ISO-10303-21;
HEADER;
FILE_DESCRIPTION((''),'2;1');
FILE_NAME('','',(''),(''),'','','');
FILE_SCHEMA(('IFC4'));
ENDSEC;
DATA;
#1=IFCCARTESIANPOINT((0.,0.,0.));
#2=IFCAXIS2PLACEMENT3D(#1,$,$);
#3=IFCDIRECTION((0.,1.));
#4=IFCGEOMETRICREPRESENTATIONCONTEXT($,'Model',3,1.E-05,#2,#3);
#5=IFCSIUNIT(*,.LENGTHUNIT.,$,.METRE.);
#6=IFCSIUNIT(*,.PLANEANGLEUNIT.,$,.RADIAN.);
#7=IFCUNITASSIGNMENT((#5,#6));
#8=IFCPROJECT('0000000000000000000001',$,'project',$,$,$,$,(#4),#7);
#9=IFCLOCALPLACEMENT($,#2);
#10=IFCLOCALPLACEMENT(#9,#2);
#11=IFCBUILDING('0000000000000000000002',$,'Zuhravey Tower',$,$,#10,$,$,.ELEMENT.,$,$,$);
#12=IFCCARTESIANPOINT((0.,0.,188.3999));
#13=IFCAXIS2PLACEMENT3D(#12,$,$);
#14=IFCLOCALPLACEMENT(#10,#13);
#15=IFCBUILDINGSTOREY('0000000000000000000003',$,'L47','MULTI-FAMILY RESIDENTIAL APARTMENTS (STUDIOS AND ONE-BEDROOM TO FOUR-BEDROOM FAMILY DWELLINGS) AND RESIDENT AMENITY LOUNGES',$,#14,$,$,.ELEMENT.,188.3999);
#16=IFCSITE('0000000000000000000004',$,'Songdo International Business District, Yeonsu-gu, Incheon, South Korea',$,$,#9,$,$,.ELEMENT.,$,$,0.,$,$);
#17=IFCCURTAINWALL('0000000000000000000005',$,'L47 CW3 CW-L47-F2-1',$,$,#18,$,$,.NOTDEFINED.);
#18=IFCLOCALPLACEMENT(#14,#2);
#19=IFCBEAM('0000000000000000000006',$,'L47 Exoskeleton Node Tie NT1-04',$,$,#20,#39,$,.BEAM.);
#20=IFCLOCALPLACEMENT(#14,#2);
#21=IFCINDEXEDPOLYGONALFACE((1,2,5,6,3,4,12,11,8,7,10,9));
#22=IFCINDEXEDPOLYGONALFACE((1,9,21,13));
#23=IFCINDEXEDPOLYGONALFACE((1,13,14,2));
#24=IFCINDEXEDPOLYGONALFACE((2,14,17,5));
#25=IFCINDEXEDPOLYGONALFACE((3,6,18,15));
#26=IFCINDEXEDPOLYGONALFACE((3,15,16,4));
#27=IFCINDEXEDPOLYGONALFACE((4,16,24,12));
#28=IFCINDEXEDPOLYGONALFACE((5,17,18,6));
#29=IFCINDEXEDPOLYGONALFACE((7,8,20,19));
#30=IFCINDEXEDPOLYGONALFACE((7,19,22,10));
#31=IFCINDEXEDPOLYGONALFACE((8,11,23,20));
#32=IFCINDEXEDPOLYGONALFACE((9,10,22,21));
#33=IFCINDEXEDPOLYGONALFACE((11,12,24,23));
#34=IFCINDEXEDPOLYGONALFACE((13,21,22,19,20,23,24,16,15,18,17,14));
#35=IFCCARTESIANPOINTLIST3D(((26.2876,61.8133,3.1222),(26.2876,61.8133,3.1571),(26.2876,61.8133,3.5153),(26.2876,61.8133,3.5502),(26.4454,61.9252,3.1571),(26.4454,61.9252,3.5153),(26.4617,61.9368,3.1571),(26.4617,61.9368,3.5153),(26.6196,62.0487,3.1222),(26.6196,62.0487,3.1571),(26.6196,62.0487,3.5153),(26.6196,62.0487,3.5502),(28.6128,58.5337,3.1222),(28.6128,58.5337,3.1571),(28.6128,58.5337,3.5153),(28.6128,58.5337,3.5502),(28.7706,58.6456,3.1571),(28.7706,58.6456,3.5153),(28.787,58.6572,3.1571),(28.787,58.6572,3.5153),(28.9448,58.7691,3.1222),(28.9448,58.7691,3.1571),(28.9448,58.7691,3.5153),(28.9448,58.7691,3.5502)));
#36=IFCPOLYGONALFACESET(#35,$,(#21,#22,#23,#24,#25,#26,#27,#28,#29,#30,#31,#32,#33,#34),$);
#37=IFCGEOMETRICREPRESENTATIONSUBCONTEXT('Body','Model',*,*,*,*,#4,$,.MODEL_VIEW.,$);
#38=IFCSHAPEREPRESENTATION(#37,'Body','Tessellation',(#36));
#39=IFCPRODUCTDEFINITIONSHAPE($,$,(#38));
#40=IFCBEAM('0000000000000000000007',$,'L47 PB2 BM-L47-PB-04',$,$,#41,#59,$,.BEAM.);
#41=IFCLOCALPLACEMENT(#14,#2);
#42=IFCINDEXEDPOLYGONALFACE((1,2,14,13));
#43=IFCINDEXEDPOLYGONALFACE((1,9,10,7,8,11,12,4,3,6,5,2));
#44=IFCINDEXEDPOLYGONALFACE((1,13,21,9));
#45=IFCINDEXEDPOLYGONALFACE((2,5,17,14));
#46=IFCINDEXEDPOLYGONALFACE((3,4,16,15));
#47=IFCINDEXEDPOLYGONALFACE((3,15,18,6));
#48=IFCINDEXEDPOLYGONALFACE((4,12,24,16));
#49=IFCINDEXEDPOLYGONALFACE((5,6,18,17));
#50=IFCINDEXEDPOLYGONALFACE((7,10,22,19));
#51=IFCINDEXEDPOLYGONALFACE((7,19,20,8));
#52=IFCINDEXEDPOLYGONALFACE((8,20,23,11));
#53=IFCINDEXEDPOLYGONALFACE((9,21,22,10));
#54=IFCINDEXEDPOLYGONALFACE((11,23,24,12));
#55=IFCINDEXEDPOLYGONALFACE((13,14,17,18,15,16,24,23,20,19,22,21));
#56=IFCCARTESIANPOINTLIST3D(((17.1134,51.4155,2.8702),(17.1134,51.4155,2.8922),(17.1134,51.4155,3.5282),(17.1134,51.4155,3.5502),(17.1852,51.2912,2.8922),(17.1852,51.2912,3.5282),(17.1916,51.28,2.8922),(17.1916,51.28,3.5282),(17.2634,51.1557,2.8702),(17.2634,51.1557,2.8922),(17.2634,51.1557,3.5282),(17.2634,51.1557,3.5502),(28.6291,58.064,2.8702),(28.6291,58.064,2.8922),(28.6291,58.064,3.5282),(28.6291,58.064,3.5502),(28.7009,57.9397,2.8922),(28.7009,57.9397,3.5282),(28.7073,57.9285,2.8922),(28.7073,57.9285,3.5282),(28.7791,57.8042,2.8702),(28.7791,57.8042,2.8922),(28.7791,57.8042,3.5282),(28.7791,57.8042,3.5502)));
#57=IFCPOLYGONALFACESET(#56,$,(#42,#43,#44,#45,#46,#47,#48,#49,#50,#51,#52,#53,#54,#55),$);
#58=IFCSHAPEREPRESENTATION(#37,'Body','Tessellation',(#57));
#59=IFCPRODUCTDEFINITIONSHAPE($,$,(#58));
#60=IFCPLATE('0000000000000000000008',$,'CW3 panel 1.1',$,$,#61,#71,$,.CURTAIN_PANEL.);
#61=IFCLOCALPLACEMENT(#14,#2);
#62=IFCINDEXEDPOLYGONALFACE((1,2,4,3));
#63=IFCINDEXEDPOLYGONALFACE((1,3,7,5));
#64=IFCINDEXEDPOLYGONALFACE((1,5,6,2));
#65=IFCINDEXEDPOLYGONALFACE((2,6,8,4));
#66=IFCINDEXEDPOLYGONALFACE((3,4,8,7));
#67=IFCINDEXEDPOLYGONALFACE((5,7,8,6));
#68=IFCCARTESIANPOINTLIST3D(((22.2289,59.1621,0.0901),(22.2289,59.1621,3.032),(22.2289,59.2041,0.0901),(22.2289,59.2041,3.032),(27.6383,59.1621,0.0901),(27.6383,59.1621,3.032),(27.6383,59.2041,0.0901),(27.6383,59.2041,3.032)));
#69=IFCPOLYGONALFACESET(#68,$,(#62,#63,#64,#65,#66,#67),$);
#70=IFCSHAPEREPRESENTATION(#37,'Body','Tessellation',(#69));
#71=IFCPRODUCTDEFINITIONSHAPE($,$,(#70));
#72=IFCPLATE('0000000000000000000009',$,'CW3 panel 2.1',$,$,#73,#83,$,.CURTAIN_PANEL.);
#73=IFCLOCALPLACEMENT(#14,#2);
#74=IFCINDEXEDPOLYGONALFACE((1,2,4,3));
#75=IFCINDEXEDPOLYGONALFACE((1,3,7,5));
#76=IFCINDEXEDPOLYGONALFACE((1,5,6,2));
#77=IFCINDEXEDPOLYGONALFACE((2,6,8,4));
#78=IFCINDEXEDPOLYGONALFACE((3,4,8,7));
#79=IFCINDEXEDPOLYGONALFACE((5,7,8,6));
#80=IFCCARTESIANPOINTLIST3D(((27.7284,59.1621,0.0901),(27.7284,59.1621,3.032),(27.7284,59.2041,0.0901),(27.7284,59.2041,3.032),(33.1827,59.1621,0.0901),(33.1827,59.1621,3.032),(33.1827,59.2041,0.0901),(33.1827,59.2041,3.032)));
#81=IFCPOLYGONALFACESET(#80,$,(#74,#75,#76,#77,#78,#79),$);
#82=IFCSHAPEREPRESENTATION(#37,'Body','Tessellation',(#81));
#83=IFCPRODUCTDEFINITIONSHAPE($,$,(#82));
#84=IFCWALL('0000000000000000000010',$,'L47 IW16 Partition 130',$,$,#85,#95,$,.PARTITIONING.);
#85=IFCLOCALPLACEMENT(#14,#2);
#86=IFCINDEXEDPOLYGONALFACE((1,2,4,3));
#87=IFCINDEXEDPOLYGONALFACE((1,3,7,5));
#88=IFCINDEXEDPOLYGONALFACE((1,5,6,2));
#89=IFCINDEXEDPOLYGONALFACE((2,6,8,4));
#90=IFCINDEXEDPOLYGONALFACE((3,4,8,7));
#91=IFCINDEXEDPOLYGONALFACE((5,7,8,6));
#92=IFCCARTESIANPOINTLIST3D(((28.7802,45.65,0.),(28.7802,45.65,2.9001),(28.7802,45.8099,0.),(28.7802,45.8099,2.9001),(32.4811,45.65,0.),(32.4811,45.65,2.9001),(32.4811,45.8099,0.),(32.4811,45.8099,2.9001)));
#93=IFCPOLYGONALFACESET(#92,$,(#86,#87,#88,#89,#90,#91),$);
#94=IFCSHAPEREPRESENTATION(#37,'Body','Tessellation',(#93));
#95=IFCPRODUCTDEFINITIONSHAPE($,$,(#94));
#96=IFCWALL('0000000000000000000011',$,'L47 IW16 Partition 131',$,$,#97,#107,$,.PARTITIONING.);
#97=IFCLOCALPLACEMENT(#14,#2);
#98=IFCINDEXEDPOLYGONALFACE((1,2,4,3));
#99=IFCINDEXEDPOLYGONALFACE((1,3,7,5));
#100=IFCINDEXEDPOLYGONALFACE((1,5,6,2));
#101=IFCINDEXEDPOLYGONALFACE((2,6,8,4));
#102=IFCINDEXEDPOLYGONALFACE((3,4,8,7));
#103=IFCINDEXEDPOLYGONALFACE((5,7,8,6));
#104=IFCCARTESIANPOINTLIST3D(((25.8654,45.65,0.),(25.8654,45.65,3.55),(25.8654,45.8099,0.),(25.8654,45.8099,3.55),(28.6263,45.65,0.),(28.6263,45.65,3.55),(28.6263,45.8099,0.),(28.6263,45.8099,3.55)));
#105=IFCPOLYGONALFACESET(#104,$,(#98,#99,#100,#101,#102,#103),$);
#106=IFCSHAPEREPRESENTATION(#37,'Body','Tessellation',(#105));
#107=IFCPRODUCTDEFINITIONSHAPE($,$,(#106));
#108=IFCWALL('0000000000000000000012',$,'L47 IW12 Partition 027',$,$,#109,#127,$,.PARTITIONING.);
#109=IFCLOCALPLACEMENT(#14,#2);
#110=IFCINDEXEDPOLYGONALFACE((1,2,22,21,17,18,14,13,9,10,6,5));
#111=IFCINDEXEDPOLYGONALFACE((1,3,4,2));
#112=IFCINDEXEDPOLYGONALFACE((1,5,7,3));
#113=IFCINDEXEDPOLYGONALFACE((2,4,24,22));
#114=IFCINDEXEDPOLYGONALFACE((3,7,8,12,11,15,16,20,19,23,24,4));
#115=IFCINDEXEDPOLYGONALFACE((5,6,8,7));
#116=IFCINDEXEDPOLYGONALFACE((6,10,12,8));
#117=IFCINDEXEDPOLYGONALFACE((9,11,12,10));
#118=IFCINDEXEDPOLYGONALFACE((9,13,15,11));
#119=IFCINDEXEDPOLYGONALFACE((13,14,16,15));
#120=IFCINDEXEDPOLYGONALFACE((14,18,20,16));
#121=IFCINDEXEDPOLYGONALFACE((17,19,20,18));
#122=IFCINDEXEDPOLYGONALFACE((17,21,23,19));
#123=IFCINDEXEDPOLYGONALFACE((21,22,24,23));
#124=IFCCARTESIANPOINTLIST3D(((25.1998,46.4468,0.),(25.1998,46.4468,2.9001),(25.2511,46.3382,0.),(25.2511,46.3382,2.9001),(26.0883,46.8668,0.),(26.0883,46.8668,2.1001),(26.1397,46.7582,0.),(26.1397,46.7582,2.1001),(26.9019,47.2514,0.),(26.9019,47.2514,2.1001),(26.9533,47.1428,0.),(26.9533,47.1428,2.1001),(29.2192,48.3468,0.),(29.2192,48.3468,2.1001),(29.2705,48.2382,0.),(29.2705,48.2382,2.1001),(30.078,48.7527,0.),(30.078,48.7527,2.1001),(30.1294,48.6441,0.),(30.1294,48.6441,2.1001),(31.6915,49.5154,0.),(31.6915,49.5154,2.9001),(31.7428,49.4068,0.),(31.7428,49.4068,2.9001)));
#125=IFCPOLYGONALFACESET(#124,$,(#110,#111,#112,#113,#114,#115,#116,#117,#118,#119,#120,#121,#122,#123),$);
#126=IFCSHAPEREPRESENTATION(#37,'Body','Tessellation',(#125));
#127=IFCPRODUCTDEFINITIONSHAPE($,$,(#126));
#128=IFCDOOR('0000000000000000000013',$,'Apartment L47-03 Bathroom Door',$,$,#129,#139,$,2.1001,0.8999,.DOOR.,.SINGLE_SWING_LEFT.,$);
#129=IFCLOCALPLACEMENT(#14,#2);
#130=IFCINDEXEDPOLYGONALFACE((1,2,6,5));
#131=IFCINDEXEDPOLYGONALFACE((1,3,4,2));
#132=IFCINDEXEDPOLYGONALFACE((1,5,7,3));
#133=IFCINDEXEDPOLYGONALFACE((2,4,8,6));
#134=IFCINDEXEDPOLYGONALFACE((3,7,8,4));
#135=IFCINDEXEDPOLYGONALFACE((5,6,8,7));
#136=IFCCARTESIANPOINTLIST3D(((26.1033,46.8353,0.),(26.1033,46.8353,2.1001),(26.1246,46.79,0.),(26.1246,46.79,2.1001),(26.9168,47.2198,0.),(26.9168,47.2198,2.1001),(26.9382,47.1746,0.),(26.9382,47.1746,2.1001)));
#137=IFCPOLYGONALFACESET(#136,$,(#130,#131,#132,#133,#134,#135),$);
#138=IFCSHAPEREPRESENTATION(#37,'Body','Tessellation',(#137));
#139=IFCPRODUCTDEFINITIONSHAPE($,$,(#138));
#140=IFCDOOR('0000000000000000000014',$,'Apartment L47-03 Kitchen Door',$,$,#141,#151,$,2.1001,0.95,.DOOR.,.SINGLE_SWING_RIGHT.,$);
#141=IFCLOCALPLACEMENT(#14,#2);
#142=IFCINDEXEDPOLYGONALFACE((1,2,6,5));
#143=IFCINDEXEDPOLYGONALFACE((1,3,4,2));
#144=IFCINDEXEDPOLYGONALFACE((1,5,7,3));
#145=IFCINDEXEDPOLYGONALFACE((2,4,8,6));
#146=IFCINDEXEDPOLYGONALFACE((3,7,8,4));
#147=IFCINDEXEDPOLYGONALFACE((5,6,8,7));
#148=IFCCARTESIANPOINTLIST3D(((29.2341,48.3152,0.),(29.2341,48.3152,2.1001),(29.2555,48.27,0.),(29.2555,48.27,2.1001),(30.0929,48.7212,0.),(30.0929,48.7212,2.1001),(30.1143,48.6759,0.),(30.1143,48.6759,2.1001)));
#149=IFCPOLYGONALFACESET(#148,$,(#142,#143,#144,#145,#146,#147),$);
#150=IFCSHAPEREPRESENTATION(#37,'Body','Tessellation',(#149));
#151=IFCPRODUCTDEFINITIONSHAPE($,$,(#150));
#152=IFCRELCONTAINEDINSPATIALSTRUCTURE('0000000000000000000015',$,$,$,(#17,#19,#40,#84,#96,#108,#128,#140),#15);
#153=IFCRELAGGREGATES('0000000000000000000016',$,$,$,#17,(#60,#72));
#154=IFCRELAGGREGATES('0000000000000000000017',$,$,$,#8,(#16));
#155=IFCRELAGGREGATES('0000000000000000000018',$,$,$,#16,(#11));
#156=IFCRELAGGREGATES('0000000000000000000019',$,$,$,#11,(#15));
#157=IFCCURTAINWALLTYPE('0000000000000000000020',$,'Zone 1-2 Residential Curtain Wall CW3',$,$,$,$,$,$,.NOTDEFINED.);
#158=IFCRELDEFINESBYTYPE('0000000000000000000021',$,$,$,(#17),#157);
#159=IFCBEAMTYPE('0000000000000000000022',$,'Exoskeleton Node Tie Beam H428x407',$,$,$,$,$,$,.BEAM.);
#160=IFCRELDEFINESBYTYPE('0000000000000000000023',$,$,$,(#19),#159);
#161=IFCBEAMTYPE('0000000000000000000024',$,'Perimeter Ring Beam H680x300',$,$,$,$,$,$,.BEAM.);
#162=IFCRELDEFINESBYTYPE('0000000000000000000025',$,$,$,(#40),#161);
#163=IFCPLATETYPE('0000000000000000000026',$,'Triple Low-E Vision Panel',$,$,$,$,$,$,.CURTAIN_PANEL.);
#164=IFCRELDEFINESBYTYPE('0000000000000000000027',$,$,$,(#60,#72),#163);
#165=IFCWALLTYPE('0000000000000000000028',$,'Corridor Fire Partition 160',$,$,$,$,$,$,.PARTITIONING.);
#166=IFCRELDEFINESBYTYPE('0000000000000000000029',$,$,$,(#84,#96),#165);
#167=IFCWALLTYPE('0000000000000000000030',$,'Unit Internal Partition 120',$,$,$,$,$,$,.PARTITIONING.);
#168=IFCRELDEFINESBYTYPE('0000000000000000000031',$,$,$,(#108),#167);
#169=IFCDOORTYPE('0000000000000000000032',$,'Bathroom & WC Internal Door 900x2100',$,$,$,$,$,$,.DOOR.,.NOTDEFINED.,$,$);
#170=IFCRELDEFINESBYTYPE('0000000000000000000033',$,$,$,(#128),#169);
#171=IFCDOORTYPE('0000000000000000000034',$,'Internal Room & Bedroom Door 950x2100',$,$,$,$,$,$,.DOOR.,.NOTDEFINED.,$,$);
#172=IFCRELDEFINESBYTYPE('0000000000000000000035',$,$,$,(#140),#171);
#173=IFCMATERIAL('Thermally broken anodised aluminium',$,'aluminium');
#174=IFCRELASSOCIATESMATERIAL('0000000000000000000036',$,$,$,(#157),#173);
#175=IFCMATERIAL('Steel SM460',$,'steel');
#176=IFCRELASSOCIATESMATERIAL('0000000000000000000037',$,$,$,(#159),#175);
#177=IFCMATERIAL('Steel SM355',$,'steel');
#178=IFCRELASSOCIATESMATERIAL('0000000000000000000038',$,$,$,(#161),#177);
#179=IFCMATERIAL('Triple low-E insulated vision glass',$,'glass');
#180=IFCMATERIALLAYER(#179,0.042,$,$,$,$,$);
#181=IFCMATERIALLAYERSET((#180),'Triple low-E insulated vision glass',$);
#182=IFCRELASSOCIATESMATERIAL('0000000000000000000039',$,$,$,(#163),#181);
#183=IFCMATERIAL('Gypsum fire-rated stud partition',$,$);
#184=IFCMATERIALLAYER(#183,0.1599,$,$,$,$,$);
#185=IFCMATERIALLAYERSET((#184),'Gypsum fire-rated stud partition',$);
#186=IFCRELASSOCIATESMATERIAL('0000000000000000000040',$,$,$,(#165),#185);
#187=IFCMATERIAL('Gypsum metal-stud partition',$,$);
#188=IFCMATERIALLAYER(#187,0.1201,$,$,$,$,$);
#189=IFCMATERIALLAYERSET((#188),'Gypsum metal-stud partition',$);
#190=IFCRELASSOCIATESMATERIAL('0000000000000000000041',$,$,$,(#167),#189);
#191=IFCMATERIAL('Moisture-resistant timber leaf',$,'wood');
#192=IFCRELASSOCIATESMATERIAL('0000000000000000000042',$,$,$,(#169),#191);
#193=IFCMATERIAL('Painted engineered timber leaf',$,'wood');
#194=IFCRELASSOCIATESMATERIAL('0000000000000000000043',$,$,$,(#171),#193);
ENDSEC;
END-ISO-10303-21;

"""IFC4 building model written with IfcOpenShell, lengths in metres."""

from ifc_helpers import new_model, si_unit, direction, frame, frame_2d, origin, origin_2d, place, context, subcontext, project, spatial, rectangle, i_section, extrude, material, layer, layer_set, material_profile, profile_set, type_object, element, fill, aggregate, save


model = new_model("IFC4")

# Units and contexts
model_context = context("Model", 3, precision=1e-05, world=origin(), true_north=direction((0.0, 1.0)))
body_context = subcontext(model_context, "Body", "Model", "MODEL_VIEW")
ifc_project = project(units=[si_unit("LENGTHUNIT", "METRE"), si_unit("PLANEANGLEUNIT", "RADIAN")], contexts=[model_context])

# Site, building, storey
site_placement = place(None, origin())
site = spatial("IfcSite", under=ifc_project, at=site_placement, Name="Songdo International Business District, Yeonsu-gu, Incheon, South Korea", CompositionType="ELEMENT", RefElevation=0.0)
building_placement = place(site_placement, origin())
building = spatial("IfcBuilding", under=site, at=building_placement, Name="Zuhravey Tower", CompositionType="ELEMENT")
storey_placement = place(building_placement, frame((0.0, 0.0, 188.3999)))
storey = spatial("IfcBuildingStorey", under=building, at=storey_placement, Name="L47", Description="MULTI-FAMILY RESIDENTIAL APARTMENTS (STUDIOS AND ONE-BEDROOM TO FOUR-BEDROOM FAMILY DWELLINGS) AND RESIDENT AMENITY LOUNGES", CompositionType="ELEMENT", Elevation=188.3999)

# Curtain wall
ifc_material_1 = material(Name="Thermally broken anodised aluminium", Category="aluminium")
curtain_wall_type = type_object("IfcCurtainWallType", Name="Zone 1-2 Residential Curtain Wall CW3", PredefinedType="NOTDEFINED", material=ifc_material_1)
curtain_wall_placement = place(storey_placement, origin())
curtain_wall = element("IfcCurtainWall", 1, at=curtain_wall_placement, inside=storey, type_object=curtain_wall_type, Name="L47 CW3 CW-L47-F2-1", PredefinedType="NOTDEFINED")

# Beams
ifc_material_2 = material(Name="Steel SM460", Category="steel")
ifc_material_profile_1 = material_profile(ifc_material_2, i_section(OverallWidth=0.407, OverallDepth=0.428, WebThickness=0.02, FlangeThickness=0.0349, at=origin_2d()), Name="H-428x407x20x35")
ifc_profile_set_1 = profile_set([ifc_material_profile_1], Name="Steel SM460")
beam_type_1 = type_object("IfcBeamType", Name="Exoskeleton Node Tie Beam H428x407", PredefinedType="BEAM", material=ifc_profile_set_1)
beam_1_placement = place(storey_placement, frame((28.7788, 58.6514, 3.3362), z_axis=(-0.57838, 0.815768, 0.0), x_axis=(-0.815768, -0.57838, 0.0)))
element("IfcBeam", 2, at=beam_1_placement, inside=storey, type_object=beam_type_1, Name="L47 Exoskeleton Node Tie NT1-04", PredefinedType="BEAM", context=body_context, shape_type="SweptSolid", body=[
    extrude(i_section(OverallWidth=0.407, OverallDepth=0.428, WebThickness=0.02, FlangeThickness=0.0349, at=origin_2d()), origin(), (0.0, 0.0, 1.0), 4.0203),
])
ifc_material_3 = material(Name="Steel SM355", Category="steel")
ifc_material_profile_2 = material_profile(ifc_material_3, i_section(OverallWidth=0.3, OverallDepth=0.6799, WebThickness=0.0129, FlangeThickness=0.022, at=origin_2d()), Name="H-680x300x13x22")
ifc_profile_set_2 = profile_set([ifc_material_profile_2], Name="Steel SM355")
beam_type_2 = type_object("IfcBeamType", Name="Perimeter Ring Beam H680x300", PredefinedType="BEAM", material=ifc_profile_set_2)
beam_2_placement = place(storey_placement, frame((28.7041, 57.9341, 3.2102), z_axis=(-0.866029, -0.499994, 0.0), x_axis=(0.499994, -0.866029, 0.0)))
element("IfcBeam", 3, at=beam_2_placement, inside=storey, type_object=beam_type_2, Name="L47 PB2 BM-L47-PB-04", PredefinedType="BEAM", context=body_context, shape_type="SweptSolid", body=[
    extrude(i_section(OverallWidth=0.3, OverallDepth=0.6799, WebThickness=0.0129, FlangeThickness=0.022, at=origin_2d()), origin(), (0.0, 0.0, 1.0), 13.2971),
])

# Plates
ifc_material_4 = material(Name="Triple low-E insulated vision glass", Category="glass")
ifc_layer_1 = layer(ifc_material_4, 0.042)
ifc_layer_set_1 = layer_set([ifc_layer_1], Name="Triple low-E insulated vision glass")
plate_type = type_object("IfcPlateType", Name="Triple Low-E Vision Panel", PredefinedType="CURTAIN_PANEL", material=ifc_layer_set_1)
plate_1_placement = place(storey_placement, frame((24.9336, 59.1831, 0.0901), z_axis=(0.0, 0.0, 1.0), x_axis=(1.0, 0.0, 0.0)))
plate_1 = element("IfcPlate", 4, at=plate_1_placement, type_object=plate_type, Name="CW3 panel 1.1", PredefinedType="CURTAIN_PANEL", context=body_context, shape_type="SweptSolid", body=[
    extrude(rectangle(XDim=5.4094, YDim=0.042, at=origin_2d()), origin(), (0.0, 0.0, 1.0), 2.9419),
])
plate_2_placement = place(storey_placement, frame((30.4556, 59.1831, 0.0901), z_axis=(0.0, 0.0, 1.0), x_axis=(1.0, 0.0, 0.0)))
plate_2 = element("IfcPlate", 5, at=plate_2_placement, type_object=plate_type, Name="CW3 panel 2.1", PredefinedType="CURTAIN_PANEL", context=body_context, shape_type="SweptSolid", body=[
    extrude(rectangle(XDim=5.4543, YDim=0.042, at=origin_2d()), origin(), (0.0, 0.0, 1.0), 2.9419),
])
aggregate(curtain_wall, [plate_1, plate_2])

# Walls
ifc_material_5 = material(Name="Gypsum fire-rated stud partition")
ifc_layer_2 = layer(ifc_material_5, 0.1599)
ifc_layer_set_2 = layer_set([ifc_layer_2], Name="Gypsum fire-rated stud partition")
wall_type_1 = type_object("IfcWallType", Name="Corridor Fire Partition 160", PredefinedType="PARTITIONING", material=ifc_layer_set_2)
wall_1_placement = place(storey_placement, frame((32.4812, 45.73, 0.0), z_axis=(0.0, 0.0, 1.0), x_axis=(-1.0, 0.0, 0.0)))
element("IfcWall", 6, at=wall_1_placement, inside=storey, type_object=wall_type_1, Name="L47 IW16 Partition 130", PredefinedType="PARTITIONING", context=body_context, shape_type="SweptSolid", body=[
    extrude(rectangle(XDim=3.7009, YDim=0.1599, at=frame_2d((1.8506, 0.0))), origin(), (0.0, 0.0, 1.0), 2.9001),
])
wall_2_placement = place(storey_placement, frame((28.6262, 45.73, 0.0), z_axis=(0.0, 0.0, 1.0), x_axis=(-1.0, 0.0, 0.0)))
element("IfcWall", 7, at=wall_2_placement, inside=storey, type_object=wall_type_1, Name="L47 IW16 Partition 131", PredefinedType="PARTITIONING", context=body_context, shape_type="SweptSolid", body=[
    extrude(rectangle(XDim=2.761, YDim=0.1599, at=frame_2d((1.3804, 0.0))), origin(), (0.0, 0.0, 1.0), 3.55),
])

# Wall, openings, doors
ifc_material_6 = material(Name="Gypsum metal-stud partition")
ifc_layer_3 = layer(ifc_material_6, 0.1201)
ifc_layer_set_3 = layer_set([ifc_layer_3], Name="Gypsum metal-stud partition")
wall_type_2 = type_object("IfcWallType", Name="Unit Internal Partition 120", PredefinedType="PARTITIONING", material=ifc_layer_set_3)
wall_3_placement = place(storey_placement, frame((31.7173, 49.4612, 0.0), z_axis=(0.0, 0.0, 1.0), x_axis=(-0.904083, -0.427357, 0.0)))
wall_3 = element("IfcWall", 8, at=wall_3_placement, inside=storey, type_object=wall_type_2, Name="L47 IW12 Partition 027", PredefinedType="PARTITIONING", context=body_context, shape_type="SweptSolid", body=[
    extrude(rectangle(XDim=7.1804, YDim=0.1201, at=frame_2d((3.5903, 0.0))), origin(), (0.0, 0.0, 1.0), 2.9001),
])
opening_1_placement = place(wall_3_placement, frame((1.7847, 0.0, 0.0)))
opening_1 = element("IfcOpeningElement", 9, at=opening_1_placement, cuts=wall_3, PredefinedType="OPENING", context=body_context, shape_type="SweptSolid", body=[
    extrude(rectangle(XDim=0.95, YDim=2.1001, at=frame_2d((0.4751, 1.05))), frame((0.0, 0.072, 0.0), z_axis=(0.0, -1.0, 0.0), x_axis=(1.0, 0.0, 0.0)), (0.0, 0.0, 1.0), 0.144),
])
opening_2_placement = place(wall_3_placement, frame((5.2979, 0.0, 0.0)))
opening_2 = element("IfcOpeningElement", 10, at=opening_2_placement, cuts=wall_3, PredefinedType="OPENING", context=body_context, shape_type="SweptSolid", body=[
    extrude(rectangle(XDim=0.8999, YDim=2.1001, at=frame_2d((0.45, 1.05))), frame((0.0, 0.072, 0.0), z_axis=(0.0, -1.0, 0.0), x_axis=(1.0, 0.0, 0.0)), (0.0, 0.0, 1.0), 0.144),
])
ifc_material_7 = material(Name="Moisture-resistant timber leaf", Category="wood")
door_type_1 = type_object("IfcDoorType", Name="Bathroom & WC Internal Door 900x2100", OperationType="NOTDEFINED", PredefinedType="DOOR", material=ifc_material_7)
door_1_placement = place(opening_2_placement, origin())
door_1 = element("IfcDoor", 11, at=door_1_placement, inside=storey, type_object=door_type_1, Name="Apartment L47-03 Bathroom Door", OperationType="SINGLE_SWING_LEFT", OverallHeight=2.1001, OverallWidth=0.8999, PredefinedType="DOOR", context=body_context, shape_type="SweptSolid", body=[
    extrude(rectangle(XDim=0.8999, YDim=2.1001, at=frame_2d((0.45, 1.05))), frame((0.0, 0.0249, 0.0), z_axis=(0.0, -1.0, 0.0), x_axis=(1.0, 0.0, 0.0)), (0.0, 0.0, 1.0), 0.05),
])
fill(opening_2, door_1)
ifc_material_8 = material(Name="Painted engineered timber leaf", Category="wood")
door_type_2 = type_object("IfcDoorType", Name="Internal Room & Bedroom Door 950x2100", OperationType="NOTDEFINED", PredefinedType="DOOR", material=ifc_material_8)
door_2_placement = place(opening_1_placement, origin())
door_2 = element("IfcDoor", 12, at=door_2_placement, inside=storey, type_object=door_type_2, Name="Apartment L47-03 Kitchen Door", OperationType="SINGLE_SWING_RIGHT", OverallHeight=2.1001, OverallWidth=0.95, PredefinedType="DOOR", context=body_context, shape_type="SweptSolid", body=[
    extrude(rectangle(XDim=0.95, YDim=2.1001, at=frame_2d((0.4751, 1.05))), frame((0.0, 0.0249, 0.0), z_axis=(0.0, -1.0, 0.0), x_axis=(1.0, 0.0, 0.0)), (0.0, 0.0, 1.0), 0.05),
])
fill(opening_1, door_2)

save(model, "model.ifc")
